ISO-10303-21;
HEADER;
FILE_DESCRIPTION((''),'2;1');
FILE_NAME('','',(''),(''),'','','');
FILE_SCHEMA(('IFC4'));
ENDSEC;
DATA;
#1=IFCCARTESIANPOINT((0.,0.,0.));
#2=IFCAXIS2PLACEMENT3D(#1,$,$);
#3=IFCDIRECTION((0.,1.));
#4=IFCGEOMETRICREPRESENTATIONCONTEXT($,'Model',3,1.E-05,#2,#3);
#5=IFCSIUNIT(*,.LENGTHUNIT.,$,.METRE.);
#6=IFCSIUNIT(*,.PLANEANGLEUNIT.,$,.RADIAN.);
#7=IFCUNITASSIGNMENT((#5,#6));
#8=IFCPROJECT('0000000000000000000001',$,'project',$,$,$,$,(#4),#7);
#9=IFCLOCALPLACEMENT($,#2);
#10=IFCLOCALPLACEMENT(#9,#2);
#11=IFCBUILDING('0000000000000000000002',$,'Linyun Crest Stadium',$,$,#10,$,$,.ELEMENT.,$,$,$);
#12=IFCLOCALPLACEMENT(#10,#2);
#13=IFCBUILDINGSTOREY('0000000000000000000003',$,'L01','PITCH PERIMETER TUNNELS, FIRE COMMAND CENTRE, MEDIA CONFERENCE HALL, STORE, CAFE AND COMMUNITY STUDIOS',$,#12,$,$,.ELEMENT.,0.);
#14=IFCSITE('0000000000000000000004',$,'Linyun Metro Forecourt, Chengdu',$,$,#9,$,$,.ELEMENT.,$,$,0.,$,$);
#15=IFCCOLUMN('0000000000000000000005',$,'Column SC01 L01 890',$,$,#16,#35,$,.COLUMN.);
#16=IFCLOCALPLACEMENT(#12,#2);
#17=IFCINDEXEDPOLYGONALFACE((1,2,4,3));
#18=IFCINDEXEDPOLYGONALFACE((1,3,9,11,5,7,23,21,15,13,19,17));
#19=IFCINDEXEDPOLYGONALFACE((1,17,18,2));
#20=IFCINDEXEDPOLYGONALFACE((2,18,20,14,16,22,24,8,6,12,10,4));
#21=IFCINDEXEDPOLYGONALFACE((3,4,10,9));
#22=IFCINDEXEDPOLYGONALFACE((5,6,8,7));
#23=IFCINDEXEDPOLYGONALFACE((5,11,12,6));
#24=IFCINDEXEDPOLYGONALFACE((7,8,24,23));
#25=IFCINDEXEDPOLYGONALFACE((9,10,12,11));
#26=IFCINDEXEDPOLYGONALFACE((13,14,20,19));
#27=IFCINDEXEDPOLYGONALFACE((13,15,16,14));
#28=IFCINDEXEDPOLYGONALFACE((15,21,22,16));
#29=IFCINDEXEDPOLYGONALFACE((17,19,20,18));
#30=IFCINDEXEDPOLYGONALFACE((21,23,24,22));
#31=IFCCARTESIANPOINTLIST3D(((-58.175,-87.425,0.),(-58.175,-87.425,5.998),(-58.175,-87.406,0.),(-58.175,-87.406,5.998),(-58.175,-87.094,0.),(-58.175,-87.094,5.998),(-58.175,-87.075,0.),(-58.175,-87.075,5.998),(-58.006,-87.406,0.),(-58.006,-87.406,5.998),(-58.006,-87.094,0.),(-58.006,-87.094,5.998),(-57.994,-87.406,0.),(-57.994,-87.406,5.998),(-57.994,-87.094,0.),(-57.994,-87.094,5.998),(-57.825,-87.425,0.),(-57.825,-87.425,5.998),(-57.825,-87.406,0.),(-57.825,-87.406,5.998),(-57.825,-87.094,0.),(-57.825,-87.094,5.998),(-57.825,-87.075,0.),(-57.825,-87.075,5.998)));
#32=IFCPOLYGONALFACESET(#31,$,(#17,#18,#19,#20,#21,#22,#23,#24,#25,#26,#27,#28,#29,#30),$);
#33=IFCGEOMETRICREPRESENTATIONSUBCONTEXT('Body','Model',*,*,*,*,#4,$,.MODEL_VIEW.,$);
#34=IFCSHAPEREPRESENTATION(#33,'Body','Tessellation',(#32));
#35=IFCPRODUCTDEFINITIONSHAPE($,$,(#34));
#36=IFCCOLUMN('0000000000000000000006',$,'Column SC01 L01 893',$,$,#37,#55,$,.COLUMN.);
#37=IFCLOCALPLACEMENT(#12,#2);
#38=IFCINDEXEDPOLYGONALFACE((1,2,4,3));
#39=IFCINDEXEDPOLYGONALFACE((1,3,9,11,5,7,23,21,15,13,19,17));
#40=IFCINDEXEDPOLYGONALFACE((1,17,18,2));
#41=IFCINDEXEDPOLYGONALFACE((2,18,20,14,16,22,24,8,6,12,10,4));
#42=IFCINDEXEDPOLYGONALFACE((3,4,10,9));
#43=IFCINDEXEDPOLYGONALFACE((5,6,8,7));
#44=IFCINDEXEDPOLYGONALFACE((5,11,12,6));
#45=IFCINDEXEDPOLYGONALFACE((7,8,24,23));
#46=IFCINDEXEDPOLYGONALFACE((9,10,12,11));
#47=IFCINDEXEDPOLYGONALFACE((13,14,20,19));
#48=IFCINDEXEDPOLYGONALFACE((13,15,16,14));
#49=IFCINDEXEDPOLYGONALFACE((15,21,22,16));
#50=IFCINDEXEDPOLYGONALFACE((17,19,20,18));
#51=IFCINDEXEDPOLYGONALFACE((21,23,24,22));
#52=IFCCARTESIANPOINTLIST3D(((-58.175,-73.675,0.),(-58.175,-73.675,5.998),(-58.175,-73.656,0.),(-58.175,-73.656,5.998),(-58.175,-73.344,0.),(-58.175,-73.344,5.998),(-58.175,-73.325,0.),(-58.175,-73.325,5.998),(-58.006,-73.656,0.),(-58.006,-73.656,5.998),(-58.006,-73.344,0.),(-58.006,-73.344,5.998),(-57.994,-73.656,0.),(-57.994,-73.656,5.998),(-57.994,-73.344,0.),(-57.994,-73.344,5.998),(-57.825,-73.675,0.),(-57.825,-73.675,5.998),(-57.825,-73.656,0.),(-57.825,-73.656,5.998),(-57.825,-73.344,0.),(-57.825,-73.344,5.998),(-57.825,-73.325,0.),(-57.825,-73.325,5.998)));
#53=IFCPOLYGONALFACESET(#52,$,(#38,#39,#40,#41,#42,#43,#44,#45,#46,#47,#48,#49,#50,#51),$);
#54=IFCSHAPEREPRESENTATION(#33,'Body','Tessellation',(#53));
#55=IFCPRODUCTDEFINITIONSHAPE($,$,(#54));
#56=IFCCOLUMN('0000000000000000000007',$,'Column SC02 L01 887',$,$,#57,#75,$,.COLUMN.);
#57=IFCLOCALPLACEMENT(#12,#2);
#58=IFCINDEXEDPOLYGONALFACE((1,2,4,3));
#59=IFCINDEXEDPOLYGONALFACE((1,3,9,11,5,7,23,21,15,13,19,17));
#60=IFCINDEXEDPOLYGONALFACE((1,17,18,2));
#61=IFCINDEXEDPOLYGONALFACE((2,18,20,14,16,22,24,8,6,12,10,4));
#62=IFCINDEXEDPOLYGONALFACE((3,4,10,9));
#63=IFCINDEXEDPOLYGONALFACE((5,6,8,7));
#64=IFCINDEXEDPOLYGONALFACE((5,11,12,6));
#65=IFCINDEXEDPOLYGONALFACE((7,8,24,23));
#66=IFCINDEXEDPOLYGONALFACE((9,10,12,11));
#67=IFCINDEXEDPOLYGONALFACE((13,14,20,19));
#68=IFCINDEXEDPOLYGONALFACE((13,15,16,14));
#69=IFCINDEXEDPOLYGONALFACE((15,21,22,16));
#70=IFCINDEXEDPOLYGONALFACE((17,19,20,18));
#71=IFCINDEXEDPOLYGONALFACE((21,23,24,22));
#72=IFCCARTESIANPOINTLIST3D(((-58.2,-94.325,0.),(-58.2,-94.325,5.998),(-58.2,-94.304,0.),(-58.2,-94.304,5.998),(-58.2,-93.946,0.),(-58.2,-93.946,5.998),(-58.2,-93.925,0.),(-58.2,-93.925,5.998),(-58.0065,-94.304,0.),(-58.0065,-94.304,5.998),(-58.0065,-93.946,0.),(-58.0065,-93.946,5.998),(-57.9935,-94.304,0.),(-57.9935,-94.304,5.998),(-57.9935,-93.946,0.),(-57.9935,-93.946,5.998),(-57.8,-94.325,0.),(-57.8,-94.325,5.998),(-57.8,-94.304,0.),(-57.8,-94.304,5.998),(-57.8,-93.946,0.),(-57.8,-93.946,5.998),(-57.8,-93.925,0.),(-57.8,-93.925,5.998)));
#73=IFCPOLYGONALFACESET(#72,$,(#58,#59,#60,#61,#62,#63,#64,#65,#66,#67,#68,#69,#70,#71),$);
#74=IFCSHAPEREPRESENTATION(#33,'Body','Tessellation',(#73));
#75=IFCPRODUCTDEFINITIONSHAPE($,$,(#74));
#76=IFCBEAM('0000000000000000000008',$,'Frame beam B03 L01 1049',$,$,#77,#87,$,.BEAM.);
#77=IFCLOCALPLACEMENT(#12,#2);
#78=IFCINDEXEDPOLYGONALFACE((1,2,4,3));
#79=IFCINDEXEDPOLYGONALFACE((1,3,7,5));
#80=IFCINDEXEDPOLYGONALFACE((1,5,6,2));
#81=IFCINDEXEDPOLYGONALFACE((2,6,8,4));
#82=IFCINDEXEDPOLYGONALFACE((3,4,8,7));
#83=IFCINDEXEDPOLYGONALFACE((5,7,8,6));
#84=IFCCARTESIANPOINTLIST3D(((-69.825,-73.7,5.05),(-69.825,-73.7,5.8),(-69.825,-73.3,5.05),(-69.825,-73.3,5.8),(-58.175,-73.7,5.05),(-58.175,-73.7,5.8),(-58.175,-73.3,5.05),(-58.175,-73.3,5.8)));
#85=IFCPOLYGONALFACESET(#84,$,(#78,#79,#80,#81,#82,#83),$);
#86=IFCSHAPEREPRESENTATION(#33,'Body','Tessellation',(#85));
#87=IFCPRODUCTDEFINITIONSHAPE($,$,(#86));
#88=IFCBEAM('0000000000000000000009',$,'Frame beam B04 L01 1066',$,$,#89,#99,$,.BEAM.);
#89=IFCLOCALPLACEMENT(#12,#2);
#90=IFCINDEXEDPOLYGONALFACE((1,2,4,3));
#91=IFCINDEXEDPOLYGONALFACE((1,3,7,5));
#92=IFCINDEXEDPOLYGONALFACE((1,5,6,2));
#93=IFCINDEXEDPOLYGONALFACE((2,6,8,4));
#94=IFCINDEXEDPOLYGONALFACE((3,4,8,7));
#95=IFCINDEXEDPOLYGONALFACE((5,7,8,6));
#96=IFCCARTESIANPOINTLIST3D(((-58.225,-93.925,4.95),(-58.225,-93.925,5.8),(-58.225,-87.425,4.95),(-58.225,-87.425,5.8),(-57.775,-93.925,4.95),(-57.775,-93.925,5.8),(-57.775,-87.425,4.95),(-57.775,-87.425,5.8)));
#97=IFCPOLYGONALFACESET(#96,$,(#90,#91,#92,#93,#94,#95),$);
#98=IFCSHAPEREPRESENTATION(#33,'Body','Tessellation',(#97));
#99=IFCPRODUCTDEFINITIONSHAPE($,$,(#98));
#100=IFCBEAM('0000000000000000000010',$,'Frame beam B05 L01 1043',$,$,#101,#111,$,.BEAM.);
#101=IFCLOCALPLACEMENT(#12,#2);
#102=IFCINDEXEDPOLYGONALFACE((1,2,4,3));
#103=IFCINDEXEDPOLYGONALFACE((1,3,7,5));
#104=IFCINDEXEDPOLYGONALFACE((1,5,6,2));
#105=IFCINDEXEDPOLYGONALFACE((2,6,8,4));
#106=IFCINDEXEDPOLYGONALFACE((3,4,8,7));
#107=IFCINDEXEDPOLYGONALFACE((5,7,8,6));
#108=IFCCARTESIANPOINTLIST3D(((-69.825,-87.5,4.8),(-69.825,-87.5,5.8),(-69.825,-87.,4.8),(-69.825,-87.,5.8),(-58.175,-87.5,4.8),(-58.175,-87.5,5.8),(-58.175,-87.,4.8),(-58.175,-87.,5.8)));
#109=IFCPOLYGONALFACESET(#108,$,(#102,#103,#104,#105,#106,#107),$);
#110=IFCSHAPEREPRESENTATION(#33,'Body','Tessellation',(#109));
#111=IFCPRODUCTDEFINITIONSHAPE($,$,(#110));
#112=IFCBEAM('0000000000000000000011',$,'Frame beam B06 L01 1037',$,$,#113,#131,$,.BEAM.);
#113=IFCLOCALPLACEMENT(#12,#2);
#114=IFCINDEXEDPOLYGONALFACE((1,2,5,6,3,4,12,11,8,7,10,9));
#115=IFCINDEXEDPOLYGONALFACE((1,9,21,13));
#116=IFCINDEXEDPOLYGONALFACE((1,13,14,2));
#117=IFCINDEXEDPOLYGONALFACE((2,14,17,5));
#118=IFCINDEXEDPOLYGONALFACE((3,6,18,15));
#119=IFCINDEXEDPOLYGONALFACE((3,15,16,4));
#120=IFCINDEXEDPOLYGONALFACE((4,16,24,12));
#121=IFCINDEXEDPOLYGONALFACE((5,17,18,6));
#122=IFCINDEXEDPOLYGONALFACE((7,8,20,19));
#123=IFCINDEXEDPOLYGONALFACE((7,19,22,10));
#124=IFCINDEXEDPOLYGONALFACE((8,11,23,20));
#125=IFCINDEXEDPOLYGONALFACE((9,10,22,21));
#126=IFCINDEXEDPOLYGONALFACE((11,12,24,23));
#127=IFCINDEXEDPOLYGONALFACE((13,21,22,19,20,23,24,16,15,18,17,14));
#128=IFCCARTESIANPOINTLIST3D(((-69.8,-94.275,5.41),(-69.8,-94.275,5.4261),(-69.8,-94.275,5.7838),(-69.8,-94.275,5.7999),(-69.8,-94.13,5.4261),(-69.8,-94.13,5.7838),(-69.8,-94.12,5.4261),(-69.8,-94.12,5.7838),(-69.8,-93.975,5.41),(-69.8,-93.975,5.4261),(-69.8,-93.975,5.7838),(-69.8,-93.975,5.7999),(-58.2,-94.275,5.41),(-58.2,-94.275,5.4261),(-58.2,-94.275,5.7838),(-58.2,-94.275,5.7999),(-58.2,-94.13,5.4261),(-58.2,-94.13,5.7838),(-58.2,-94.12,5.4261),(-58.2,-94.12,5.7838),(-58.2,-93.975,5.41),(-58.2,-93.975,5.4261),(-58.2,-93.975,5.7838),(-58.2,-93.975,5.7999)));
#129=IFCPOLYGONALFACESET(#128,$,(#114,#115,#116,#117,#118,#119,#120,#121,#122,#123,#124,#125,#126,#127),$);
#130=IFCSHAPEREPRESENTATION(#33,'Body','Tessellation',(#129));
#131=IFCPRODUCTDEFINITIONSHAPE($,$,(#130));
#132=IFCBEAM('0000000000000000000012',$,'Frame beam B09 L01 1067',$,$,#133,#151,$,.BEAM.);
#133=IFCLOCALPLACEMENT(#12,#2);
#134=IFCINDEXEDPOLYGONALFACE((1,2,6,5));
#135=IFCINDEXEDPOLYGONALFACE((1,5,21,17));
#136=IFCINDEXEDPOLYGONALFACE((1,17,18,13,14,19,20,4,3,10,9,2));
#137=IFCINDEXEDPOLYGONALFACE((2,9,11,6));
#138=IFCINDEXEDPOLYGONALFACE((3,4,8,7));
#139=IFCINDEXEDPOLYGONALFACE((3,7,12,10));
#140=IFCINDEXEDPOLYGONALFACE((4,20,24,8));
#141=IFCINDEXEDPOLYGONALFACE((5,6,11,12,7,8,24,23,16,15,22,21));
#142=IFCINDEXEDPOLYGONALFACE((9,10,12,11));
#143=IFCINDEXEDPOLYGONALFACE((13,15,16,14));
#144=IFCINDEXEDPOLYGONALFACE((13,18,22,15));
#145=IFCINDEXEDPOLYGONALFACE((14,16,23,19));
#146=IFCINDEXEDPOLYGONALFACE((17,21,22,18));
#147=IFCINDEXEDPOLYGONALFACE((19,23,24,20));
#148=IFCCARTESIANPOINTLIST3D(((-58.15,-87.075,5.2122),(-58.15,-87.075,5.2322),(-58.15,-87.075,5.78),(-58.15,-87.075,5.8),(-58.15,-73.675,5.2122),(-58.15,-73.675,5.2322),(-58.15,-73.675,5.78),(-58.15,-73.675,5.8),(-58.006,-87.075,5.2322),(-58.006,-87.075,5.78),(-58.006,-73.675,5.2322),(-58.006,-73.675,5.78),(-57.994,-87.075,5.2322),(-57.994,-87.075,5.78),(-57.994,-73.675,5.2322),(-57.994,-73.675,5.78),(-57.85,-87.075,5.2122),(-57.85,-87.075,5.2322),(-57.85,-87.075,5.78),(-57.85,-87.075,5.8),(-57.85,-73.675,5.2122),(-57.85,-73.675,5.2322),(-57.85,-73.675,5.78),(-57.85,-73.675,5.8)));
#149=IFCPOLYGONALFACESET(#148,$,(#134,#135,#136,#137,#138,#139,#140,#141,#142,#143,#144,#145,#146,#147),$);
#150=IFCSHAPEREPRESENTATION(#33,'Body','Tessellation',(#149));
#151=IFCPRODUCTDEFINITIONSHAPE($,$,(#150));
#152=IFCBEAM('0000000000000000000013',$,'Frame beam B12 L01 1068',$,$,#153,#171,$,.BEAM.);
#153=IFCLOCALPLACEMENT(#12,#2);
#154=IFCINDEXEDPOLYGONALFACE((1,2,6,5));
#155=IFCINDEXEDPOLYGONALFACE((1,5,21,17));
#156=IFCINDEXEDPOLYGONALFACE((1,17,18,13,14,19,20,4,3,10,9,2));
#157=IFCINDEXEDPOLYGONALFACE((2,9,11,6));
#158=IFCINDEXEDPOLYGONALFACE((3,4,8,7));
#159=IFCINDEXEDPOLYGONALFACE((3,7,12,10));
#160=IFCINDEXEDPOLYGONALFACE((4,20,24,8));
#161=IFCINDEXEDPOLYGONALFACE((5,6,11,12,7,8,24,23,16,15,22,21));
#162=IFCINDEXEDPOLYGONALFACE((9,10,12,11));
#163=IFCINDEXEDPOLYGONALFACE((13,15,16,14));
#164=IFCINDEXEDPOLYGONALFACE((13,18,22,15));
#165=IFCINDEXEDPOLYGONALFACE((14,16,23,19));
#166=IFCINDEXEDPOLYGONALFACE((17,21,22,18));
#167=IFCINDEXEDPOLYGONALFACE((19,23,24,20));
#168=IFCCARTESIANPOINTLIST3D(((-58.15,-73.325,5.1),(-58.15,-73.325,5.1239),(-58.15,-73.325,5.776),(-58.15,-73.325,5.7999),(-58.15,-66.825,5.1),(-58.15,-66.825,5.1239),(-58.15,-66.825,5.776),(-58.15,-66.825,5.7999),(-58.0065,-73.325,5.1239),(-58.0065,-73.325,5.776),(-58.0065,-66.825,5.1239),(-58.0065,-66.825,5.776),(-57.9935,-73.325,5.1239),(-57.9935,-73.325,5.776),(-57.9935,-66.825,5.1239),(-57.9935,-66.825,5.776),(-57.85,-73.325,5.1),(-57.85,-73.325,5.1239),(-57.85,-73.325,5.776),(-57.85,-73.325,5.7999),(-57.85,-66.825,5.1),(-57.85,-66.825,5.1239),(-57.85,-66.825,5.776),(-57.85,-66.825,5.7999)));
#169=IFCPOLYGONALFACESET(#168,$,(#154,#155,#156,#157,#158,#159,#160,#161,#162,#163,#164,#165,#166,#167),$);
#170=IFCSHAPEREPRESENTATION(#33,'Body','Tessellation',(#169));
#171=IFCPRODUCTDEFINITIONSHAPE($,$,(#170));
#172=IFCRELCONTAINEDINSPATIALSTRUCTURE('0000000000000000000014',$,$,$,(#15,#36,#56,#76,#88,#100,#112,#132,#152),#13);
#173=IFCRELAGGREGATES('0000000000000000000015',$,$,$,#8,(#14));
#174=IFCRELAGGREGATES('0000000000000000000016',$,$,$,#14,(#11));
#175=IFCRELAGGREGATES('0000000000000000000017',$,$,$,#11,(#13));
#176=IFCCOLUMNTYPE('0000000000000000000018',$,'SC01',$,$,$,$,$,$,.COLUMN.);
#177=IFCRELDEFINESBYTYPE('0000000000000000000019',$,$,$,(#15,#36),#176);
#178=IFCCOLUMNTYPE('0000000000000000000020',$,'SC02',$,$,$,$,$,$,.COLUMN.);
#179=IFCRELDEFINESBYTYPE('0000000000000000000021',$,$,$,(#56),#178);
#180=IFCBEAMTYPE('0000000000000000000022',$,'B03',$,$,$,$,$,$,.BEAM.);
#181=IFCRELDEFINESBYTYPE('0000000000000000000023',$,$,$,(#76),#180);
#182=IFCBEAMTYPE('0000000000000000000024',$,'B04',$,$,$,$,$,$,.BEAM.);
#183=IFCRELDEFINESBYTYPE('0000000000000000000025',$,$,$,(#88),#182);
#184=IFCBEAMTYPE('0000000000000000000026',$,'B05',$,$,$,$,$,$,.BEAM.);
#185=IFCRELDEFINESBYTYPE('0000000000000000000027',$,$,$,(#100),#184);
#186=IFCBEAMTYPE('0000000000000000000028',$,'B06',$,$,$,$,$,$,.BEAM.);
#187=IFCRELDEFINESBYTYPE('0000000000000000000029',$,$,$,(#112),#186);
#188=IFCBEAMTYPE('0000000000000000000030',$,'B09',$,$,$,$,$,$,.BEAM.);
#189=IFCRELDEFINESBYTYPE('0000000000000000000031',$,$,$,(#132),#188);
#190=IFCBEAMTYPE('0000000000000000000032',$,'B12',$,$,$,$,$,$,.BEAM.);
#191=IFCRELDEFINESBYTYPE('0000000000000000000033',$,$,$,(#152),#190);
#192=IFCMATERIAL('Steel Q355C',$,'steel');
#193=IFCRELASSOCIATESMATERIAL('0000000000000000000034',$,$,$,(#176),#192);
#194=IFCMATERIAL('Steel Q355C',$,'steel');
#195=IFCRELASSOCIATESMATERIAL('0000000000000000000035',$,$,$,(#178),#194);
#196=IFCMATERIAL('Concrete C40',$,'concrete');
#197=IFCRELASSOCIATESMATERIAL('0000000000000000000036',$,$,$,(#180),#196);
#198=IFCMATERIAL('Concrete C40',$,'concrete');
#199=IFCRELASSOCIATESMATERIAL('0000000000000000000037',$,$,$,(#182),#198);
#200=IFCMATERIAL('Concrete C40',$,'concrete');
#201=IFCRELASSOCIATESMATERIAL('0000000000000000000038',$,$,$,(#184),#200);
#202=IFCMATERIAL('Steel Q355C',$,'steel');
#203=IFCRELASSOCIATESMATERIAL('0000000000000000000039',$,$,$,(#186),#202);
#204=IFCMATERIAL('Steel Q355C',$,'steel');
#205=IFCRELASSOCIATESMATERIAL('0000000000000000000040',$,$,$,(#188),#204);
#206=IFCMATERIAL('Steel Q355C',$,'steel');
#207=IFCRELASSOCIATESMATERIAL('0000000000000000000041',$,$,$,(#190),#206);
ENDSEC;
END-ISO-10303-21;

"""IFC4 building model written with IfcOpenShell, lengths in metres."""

from ifc_helpers import new_model, si_unit, direction, frame, origin, origin_2d, place, context, subcontext, project, spatial, rectangle, i_section, extrude, material, material_profile, profile_set, type_object, element, save


model = new_model("IFC4")

# Units and contexts
model_context = context("Model", 3, precision=1e-05, world=origin(), true_north=direction((0.0, 1.0)))
body_context = subcontext(model_context, "Body", "Model", "MODEL_VIEW")
ifc_project = project(units=[si_unit("LENGTHUNIT", "METRE"), si_unit("PLANEANGLEUNIT", "RADIAN")], contexts=[model_context])

# Site, building, storey
site_placement = place(None, origin())
site = spatial("IfcSite", under=ifc_project, at=site_placement, Name="Linyun Metro Forecourt, Chengdu", CompositionType="ELEMENT", RefElevation=0.0)
building_placement = place(site_placement, origin())
building = spatial("IfcBuilding", under=site, at=building_placement, Name="Linyun Crest Stadium", CompositionType="ELEMENT")
storey_placement = place(building_placement, origin())
storey = spatial("IfcBuildingStorey", under=building, at=storey_placement, Name="L01", Description="PITCH PERIMETER TUNNELS, FIRE COMMAND CENTRE, MEDIA CONFERENCE HALL, STORE, CAFE AND COMMUNITY STUDIOS", CompositionType="ELEMENT", Elevation=0.0)

# Columns
ifc_material_1 = material(Name="Steel Q355C", Category="steel")
ifc_material_profile_1 = material_profile(ifc_material_1, i_section(OverallWidth=0.3501, OverallDepth=0.3501, WebThickness=0.012, FlangeThickness=0.019, at=origin_2d()), Name="HW 350x350")
ifc_profile_set_1 = profile_set([ifc_material_profile_1], Name="Steel Q355C")
column_type_1 = type_object("IfcColumnType", Name="SC01", PredefinedType="COLUMN", material=ifc_profile_set_1)
for number, where, z_axis, x_axis, name in (
    (1, (-58.0, -87.25, 0.0), (0.0, 0.0, 1.0), (1.0, 0.0, 0.0), "Column SC01 L01 890"),
    (2, (-58.0, -73.5, 0.0), (0.0, 0.0, 1.0), (1.0, 0.0, 0.0), "Column SC01 L01 893"),
):
    element("IfcColumn", number, at=place(storey_placement, frame(where, z_axis=z_axis, x_axis=x_axis)), inside=storey, type_object=column_type_1, Name=name, PredefinedType="COLUMN", context=body_context, shape_type="SweptSolid", body=[
        extrude(i_section(OverallWidth=0.3501, OverallDepth=0.3501, WebThickness=0.012, FlangeThickness=0.019, at=origin_2d()), origin(), (0.0, 0.0, 1.0), 5.998),
    ])
ifc_material_2 = material(Name="Steel Q355C", Category="steel")
ifc_material_profile_2 = material_profile(ifc_material_2, i_section(OverallWidth=0.3999, OverallDepth=0.3999, WebThickness=0.0129, FlangeThickness=0.021, at=origin_2d()), Name="HW 400x400")
ifc_profile_set_2 = profile_set([ifc_material_profile_2], Name="Steel Q355C")
column_type_2 = type_object("IfcColumnType", Name="SC02", PredefinedType="COLUMN", material=ifc_profile_set_2)
column_placement = place(storey_placement, frame((-58.0, -94.125, 0.0), z_axis=(0.0, 0.0, 1.0), x_axis=(1.0, 0.0, 0.0)))
element("IfcColumn", 3, at=column_placement, inside=storey, type_object=column_type_2, Name="Column SC02 L01 887", PredefinedType="COLUMN", context=body_context, shape_type="SweptSolid", body=[
    extrude(i_section(OverallWidth=0.3999, OverallDepth=0.3999, WebThickness=0.0129, FlangeThickness=0.021, at=origin_2d()), origin(), (0.0, 0.0, 1.0), 5.998),
])

# Beams
ifc_material_3 = material(Name="Concrete C40", Category="concrete")
ifc_material_profile_3 = material_profile(ifc_material_3, rectangle(XDim=0.3999, YDim=0.75, at=origin_2d()), Name="RCB 750x400")
ifc_profile_set_3 = profile_set([ifc_material_profile_3], Name="Concrete C40")
beam_type_1 = type_object("IfcBeamType", Name="B03", PredefinedType="BEAM", material=ifc_profile_set_3)
beam_1_placement = place(storey_placement, frame((-69.825, -73.5, 5.425), z_axis=(1.0, 0.0, 0.0), x_axis=(0.0, 1.0, 0.0)))
element("IfcBeam", 4, at=beam_1_placement, inside=storey, type_object=beam_type_1, Name="Frame beam B03 L01 1049", PredefinedType="BEAM", context=body_context, shape_type="SweptSolid", body=[
    extrude(rectangle(XDim=0.3999, YDim=0.75, at=origin_2d()), origin(), (0.0, 0.0, 1.0), 11.6499),
])
ifc_material_4 = material(Name="Concrete C40", Category="concrete")
ifc_material_profile_4 = material_profile(ifc_material_4, rectangle(XDim=0.45, YDim=0.8501, at=origin_2d()), Name="RCB 850x450")
ifc_profile_set_4 = profile_set([ifc_material_profile_4], Name="Concrete C40")
beam_type_2 = type_object("IfcBeamType", Name="B04", PredefinedType="BEAM", material=ifc_profile_set_4)
beam_2_placement = place(storey_placement, frame((-58.0, -93.925, 5.375), z_axis=(0.0, 1.0, 0.0), x_axis=(-1.0, 0.0, 0.0)))
element("IfcBeam", 5, at=beam_2_placement, inside=storey, type_object=beam_type_2, Name="Frame beam B04 L01 1066", PredefinedType="BEAM", context=body_context, shape_type="SweptSolid", body=[
    extrude(rectangle(XDim=0.45, YDim=0.8501, at=origin_2d()), origin(), (0.0, 0.0, 1.0), 6.5),
])
ifc_material_5 = material(Name="Concrete C40", Category="concrete")
ifc_material_profile_5 = material_profile(ifc_material_5, rectangle(XDim=0.5, YDim=1.0, at=origin_2d()), Name="RCB 1000x500")
ifc_profile_set_5 = profile_set([ifc_material_profile_5], Name="Concrete C40")
beam_type_3 = type_object("IfcBeamType", Name="B05", PredefinedType="BEAM", material=ifc_profile_set_5)
beam_3_placement = place(storey_placement, frame((-69.825, -87.25, 5.3), z_axis=(1.0, 0.0, 0.0), x_axis=(0.0, 1.0, 0.0)))
element("IfcBeam", 6, at=beam_3_placement, inside=storey, type_object=beam_type_3, Name="Frame beam B05 L01 1043", PredefinedType="BEAM", context=body_context, shape_type="SweptSolid", body=[
    extrude(rectangle(XDim=0.5, YDim=1.0, at=origin_2d()), origin(), (0.0, 0.0, 1.0), 11.6499),
])
ifc_material_6 = material(Name="Steel Q355C", Category="steel")
ifc_material_profile_6 = material_profile(ifc_material_6, i_section(OverallWidth=0.3, OverallDepth=0.3899, WebThickness=0.01, FlangeThickness=0.0161, at=origin_2d()), Name="HM 390x300")
ifc_profile_set_6 = profile_set([ifc_material_profile_6], Name="Steel Q355C")
beam_type_4 = type_object("IfcBeamType", Name="B06", PredefinedType="BEAM", material=ifc_profile_set_6)
beam_4_placement = place(storey_placement, frame((-69.8, -94.125, 5.605), z_axis=(1.0, 0.0, 0.0), x_axis=(0.0, 1.0, 0.0)))
element("IfcBeam", 7, at=beam_4_placement, inside=storey, type_object=beam_type_4, Name="Frame beam B06 L01 1037", PredefinedType="BEAM", context=body_context, shape_type="SweptSolid", body=[
    extrude(i_section(OverallWidth=0.3, OverallDepth=0.3899, WebThickness=0.01, FlangeThickness=0.0161, at=origin_2d()), origin(), (0.0, 0.0, 1.0), 11.6001),
])
ifc_material_7 = material(Name="Steel Q355C", Category="steel")
ifc_material_profile_7 = material_profile(ifc_material_7, i_section(OverallWidth=0.3, OverallDepth=0.5879, WebThickness=0.012, FlangeThickness=0.02, at=origin_2d()), Name="HM 588x300")
ifc_profile_set_7 = profile_set([ifc_material_profile_7], Name="Steel Q355C")
beam_type_5 = type_object("IfcBeamType", Name="B09", PredefinedType="BEAM", material=ifc_profile_set_7)
beam_5_placement = place(storey_placement, frame((-58.0, -87.075, 5.5061), z_axis=(0.0, 1.0, 0.0), x_axis=(-1.0, 0.0, 0.0)))
element("IfcBeam", 8, at=beam_5_placement, inside=storey, type_object=beam_type_5, Name="Frame beam B09 L01 1067", PredefinedType="BEAM", context=body_context, shape_type="SweptSolid", body=[
    extrude(i_section(OverallWidth=0.3, OverallDepth=0.5879, WebThickness=0.012, FlangeThickness=0.02, at=origin_2d()), origin(), (0.0, 0.0, 1.0), 13.3999),
])
ifc_material_8 = material(Name="Steel Q355C", Category="steel")
ifc_material_profile_8 = material_profile(ifc_material_8, i_section(OverallWidth=0.3, OverallDepth=0.7, WebThickness=0.0129, FlangeThickness=0.0239, at=origin_2d()), Name="HN 700x300")
ifc_profile_set_8 = profile_set([ifc_material_profile_8], Name="Steel Q355C")
beam_type_6 = type_object("IfcBeamType", Name="B12", PredefinedType="BEAM", material=ifc_profile_set_8)
beam_6_placement = place(storey_placement, frame((-58.0, -73.325, 5.45), z_axis=(0.0, 1.0, 0.0), x_axis=(-1.0, 0.0, 0.0)))
element("IfcBeam", 9, at=beam_6_placement, inside=storey, type_object=beam_type_6, Name="Frame beam B12 L01 1068", PredefinedType="BEAM", context=body_context, shape_type="SweptSolid", body=[
    extrude(i_section(OverallWidth=0.3, OverallDepth=0.7, WebThickness=0.0129, FlangeThickness=0.0239, at=origin_2d()), origin(), (0.0, 0.0, 1.0), 6.5),
])

save(model, "model.ifc")
